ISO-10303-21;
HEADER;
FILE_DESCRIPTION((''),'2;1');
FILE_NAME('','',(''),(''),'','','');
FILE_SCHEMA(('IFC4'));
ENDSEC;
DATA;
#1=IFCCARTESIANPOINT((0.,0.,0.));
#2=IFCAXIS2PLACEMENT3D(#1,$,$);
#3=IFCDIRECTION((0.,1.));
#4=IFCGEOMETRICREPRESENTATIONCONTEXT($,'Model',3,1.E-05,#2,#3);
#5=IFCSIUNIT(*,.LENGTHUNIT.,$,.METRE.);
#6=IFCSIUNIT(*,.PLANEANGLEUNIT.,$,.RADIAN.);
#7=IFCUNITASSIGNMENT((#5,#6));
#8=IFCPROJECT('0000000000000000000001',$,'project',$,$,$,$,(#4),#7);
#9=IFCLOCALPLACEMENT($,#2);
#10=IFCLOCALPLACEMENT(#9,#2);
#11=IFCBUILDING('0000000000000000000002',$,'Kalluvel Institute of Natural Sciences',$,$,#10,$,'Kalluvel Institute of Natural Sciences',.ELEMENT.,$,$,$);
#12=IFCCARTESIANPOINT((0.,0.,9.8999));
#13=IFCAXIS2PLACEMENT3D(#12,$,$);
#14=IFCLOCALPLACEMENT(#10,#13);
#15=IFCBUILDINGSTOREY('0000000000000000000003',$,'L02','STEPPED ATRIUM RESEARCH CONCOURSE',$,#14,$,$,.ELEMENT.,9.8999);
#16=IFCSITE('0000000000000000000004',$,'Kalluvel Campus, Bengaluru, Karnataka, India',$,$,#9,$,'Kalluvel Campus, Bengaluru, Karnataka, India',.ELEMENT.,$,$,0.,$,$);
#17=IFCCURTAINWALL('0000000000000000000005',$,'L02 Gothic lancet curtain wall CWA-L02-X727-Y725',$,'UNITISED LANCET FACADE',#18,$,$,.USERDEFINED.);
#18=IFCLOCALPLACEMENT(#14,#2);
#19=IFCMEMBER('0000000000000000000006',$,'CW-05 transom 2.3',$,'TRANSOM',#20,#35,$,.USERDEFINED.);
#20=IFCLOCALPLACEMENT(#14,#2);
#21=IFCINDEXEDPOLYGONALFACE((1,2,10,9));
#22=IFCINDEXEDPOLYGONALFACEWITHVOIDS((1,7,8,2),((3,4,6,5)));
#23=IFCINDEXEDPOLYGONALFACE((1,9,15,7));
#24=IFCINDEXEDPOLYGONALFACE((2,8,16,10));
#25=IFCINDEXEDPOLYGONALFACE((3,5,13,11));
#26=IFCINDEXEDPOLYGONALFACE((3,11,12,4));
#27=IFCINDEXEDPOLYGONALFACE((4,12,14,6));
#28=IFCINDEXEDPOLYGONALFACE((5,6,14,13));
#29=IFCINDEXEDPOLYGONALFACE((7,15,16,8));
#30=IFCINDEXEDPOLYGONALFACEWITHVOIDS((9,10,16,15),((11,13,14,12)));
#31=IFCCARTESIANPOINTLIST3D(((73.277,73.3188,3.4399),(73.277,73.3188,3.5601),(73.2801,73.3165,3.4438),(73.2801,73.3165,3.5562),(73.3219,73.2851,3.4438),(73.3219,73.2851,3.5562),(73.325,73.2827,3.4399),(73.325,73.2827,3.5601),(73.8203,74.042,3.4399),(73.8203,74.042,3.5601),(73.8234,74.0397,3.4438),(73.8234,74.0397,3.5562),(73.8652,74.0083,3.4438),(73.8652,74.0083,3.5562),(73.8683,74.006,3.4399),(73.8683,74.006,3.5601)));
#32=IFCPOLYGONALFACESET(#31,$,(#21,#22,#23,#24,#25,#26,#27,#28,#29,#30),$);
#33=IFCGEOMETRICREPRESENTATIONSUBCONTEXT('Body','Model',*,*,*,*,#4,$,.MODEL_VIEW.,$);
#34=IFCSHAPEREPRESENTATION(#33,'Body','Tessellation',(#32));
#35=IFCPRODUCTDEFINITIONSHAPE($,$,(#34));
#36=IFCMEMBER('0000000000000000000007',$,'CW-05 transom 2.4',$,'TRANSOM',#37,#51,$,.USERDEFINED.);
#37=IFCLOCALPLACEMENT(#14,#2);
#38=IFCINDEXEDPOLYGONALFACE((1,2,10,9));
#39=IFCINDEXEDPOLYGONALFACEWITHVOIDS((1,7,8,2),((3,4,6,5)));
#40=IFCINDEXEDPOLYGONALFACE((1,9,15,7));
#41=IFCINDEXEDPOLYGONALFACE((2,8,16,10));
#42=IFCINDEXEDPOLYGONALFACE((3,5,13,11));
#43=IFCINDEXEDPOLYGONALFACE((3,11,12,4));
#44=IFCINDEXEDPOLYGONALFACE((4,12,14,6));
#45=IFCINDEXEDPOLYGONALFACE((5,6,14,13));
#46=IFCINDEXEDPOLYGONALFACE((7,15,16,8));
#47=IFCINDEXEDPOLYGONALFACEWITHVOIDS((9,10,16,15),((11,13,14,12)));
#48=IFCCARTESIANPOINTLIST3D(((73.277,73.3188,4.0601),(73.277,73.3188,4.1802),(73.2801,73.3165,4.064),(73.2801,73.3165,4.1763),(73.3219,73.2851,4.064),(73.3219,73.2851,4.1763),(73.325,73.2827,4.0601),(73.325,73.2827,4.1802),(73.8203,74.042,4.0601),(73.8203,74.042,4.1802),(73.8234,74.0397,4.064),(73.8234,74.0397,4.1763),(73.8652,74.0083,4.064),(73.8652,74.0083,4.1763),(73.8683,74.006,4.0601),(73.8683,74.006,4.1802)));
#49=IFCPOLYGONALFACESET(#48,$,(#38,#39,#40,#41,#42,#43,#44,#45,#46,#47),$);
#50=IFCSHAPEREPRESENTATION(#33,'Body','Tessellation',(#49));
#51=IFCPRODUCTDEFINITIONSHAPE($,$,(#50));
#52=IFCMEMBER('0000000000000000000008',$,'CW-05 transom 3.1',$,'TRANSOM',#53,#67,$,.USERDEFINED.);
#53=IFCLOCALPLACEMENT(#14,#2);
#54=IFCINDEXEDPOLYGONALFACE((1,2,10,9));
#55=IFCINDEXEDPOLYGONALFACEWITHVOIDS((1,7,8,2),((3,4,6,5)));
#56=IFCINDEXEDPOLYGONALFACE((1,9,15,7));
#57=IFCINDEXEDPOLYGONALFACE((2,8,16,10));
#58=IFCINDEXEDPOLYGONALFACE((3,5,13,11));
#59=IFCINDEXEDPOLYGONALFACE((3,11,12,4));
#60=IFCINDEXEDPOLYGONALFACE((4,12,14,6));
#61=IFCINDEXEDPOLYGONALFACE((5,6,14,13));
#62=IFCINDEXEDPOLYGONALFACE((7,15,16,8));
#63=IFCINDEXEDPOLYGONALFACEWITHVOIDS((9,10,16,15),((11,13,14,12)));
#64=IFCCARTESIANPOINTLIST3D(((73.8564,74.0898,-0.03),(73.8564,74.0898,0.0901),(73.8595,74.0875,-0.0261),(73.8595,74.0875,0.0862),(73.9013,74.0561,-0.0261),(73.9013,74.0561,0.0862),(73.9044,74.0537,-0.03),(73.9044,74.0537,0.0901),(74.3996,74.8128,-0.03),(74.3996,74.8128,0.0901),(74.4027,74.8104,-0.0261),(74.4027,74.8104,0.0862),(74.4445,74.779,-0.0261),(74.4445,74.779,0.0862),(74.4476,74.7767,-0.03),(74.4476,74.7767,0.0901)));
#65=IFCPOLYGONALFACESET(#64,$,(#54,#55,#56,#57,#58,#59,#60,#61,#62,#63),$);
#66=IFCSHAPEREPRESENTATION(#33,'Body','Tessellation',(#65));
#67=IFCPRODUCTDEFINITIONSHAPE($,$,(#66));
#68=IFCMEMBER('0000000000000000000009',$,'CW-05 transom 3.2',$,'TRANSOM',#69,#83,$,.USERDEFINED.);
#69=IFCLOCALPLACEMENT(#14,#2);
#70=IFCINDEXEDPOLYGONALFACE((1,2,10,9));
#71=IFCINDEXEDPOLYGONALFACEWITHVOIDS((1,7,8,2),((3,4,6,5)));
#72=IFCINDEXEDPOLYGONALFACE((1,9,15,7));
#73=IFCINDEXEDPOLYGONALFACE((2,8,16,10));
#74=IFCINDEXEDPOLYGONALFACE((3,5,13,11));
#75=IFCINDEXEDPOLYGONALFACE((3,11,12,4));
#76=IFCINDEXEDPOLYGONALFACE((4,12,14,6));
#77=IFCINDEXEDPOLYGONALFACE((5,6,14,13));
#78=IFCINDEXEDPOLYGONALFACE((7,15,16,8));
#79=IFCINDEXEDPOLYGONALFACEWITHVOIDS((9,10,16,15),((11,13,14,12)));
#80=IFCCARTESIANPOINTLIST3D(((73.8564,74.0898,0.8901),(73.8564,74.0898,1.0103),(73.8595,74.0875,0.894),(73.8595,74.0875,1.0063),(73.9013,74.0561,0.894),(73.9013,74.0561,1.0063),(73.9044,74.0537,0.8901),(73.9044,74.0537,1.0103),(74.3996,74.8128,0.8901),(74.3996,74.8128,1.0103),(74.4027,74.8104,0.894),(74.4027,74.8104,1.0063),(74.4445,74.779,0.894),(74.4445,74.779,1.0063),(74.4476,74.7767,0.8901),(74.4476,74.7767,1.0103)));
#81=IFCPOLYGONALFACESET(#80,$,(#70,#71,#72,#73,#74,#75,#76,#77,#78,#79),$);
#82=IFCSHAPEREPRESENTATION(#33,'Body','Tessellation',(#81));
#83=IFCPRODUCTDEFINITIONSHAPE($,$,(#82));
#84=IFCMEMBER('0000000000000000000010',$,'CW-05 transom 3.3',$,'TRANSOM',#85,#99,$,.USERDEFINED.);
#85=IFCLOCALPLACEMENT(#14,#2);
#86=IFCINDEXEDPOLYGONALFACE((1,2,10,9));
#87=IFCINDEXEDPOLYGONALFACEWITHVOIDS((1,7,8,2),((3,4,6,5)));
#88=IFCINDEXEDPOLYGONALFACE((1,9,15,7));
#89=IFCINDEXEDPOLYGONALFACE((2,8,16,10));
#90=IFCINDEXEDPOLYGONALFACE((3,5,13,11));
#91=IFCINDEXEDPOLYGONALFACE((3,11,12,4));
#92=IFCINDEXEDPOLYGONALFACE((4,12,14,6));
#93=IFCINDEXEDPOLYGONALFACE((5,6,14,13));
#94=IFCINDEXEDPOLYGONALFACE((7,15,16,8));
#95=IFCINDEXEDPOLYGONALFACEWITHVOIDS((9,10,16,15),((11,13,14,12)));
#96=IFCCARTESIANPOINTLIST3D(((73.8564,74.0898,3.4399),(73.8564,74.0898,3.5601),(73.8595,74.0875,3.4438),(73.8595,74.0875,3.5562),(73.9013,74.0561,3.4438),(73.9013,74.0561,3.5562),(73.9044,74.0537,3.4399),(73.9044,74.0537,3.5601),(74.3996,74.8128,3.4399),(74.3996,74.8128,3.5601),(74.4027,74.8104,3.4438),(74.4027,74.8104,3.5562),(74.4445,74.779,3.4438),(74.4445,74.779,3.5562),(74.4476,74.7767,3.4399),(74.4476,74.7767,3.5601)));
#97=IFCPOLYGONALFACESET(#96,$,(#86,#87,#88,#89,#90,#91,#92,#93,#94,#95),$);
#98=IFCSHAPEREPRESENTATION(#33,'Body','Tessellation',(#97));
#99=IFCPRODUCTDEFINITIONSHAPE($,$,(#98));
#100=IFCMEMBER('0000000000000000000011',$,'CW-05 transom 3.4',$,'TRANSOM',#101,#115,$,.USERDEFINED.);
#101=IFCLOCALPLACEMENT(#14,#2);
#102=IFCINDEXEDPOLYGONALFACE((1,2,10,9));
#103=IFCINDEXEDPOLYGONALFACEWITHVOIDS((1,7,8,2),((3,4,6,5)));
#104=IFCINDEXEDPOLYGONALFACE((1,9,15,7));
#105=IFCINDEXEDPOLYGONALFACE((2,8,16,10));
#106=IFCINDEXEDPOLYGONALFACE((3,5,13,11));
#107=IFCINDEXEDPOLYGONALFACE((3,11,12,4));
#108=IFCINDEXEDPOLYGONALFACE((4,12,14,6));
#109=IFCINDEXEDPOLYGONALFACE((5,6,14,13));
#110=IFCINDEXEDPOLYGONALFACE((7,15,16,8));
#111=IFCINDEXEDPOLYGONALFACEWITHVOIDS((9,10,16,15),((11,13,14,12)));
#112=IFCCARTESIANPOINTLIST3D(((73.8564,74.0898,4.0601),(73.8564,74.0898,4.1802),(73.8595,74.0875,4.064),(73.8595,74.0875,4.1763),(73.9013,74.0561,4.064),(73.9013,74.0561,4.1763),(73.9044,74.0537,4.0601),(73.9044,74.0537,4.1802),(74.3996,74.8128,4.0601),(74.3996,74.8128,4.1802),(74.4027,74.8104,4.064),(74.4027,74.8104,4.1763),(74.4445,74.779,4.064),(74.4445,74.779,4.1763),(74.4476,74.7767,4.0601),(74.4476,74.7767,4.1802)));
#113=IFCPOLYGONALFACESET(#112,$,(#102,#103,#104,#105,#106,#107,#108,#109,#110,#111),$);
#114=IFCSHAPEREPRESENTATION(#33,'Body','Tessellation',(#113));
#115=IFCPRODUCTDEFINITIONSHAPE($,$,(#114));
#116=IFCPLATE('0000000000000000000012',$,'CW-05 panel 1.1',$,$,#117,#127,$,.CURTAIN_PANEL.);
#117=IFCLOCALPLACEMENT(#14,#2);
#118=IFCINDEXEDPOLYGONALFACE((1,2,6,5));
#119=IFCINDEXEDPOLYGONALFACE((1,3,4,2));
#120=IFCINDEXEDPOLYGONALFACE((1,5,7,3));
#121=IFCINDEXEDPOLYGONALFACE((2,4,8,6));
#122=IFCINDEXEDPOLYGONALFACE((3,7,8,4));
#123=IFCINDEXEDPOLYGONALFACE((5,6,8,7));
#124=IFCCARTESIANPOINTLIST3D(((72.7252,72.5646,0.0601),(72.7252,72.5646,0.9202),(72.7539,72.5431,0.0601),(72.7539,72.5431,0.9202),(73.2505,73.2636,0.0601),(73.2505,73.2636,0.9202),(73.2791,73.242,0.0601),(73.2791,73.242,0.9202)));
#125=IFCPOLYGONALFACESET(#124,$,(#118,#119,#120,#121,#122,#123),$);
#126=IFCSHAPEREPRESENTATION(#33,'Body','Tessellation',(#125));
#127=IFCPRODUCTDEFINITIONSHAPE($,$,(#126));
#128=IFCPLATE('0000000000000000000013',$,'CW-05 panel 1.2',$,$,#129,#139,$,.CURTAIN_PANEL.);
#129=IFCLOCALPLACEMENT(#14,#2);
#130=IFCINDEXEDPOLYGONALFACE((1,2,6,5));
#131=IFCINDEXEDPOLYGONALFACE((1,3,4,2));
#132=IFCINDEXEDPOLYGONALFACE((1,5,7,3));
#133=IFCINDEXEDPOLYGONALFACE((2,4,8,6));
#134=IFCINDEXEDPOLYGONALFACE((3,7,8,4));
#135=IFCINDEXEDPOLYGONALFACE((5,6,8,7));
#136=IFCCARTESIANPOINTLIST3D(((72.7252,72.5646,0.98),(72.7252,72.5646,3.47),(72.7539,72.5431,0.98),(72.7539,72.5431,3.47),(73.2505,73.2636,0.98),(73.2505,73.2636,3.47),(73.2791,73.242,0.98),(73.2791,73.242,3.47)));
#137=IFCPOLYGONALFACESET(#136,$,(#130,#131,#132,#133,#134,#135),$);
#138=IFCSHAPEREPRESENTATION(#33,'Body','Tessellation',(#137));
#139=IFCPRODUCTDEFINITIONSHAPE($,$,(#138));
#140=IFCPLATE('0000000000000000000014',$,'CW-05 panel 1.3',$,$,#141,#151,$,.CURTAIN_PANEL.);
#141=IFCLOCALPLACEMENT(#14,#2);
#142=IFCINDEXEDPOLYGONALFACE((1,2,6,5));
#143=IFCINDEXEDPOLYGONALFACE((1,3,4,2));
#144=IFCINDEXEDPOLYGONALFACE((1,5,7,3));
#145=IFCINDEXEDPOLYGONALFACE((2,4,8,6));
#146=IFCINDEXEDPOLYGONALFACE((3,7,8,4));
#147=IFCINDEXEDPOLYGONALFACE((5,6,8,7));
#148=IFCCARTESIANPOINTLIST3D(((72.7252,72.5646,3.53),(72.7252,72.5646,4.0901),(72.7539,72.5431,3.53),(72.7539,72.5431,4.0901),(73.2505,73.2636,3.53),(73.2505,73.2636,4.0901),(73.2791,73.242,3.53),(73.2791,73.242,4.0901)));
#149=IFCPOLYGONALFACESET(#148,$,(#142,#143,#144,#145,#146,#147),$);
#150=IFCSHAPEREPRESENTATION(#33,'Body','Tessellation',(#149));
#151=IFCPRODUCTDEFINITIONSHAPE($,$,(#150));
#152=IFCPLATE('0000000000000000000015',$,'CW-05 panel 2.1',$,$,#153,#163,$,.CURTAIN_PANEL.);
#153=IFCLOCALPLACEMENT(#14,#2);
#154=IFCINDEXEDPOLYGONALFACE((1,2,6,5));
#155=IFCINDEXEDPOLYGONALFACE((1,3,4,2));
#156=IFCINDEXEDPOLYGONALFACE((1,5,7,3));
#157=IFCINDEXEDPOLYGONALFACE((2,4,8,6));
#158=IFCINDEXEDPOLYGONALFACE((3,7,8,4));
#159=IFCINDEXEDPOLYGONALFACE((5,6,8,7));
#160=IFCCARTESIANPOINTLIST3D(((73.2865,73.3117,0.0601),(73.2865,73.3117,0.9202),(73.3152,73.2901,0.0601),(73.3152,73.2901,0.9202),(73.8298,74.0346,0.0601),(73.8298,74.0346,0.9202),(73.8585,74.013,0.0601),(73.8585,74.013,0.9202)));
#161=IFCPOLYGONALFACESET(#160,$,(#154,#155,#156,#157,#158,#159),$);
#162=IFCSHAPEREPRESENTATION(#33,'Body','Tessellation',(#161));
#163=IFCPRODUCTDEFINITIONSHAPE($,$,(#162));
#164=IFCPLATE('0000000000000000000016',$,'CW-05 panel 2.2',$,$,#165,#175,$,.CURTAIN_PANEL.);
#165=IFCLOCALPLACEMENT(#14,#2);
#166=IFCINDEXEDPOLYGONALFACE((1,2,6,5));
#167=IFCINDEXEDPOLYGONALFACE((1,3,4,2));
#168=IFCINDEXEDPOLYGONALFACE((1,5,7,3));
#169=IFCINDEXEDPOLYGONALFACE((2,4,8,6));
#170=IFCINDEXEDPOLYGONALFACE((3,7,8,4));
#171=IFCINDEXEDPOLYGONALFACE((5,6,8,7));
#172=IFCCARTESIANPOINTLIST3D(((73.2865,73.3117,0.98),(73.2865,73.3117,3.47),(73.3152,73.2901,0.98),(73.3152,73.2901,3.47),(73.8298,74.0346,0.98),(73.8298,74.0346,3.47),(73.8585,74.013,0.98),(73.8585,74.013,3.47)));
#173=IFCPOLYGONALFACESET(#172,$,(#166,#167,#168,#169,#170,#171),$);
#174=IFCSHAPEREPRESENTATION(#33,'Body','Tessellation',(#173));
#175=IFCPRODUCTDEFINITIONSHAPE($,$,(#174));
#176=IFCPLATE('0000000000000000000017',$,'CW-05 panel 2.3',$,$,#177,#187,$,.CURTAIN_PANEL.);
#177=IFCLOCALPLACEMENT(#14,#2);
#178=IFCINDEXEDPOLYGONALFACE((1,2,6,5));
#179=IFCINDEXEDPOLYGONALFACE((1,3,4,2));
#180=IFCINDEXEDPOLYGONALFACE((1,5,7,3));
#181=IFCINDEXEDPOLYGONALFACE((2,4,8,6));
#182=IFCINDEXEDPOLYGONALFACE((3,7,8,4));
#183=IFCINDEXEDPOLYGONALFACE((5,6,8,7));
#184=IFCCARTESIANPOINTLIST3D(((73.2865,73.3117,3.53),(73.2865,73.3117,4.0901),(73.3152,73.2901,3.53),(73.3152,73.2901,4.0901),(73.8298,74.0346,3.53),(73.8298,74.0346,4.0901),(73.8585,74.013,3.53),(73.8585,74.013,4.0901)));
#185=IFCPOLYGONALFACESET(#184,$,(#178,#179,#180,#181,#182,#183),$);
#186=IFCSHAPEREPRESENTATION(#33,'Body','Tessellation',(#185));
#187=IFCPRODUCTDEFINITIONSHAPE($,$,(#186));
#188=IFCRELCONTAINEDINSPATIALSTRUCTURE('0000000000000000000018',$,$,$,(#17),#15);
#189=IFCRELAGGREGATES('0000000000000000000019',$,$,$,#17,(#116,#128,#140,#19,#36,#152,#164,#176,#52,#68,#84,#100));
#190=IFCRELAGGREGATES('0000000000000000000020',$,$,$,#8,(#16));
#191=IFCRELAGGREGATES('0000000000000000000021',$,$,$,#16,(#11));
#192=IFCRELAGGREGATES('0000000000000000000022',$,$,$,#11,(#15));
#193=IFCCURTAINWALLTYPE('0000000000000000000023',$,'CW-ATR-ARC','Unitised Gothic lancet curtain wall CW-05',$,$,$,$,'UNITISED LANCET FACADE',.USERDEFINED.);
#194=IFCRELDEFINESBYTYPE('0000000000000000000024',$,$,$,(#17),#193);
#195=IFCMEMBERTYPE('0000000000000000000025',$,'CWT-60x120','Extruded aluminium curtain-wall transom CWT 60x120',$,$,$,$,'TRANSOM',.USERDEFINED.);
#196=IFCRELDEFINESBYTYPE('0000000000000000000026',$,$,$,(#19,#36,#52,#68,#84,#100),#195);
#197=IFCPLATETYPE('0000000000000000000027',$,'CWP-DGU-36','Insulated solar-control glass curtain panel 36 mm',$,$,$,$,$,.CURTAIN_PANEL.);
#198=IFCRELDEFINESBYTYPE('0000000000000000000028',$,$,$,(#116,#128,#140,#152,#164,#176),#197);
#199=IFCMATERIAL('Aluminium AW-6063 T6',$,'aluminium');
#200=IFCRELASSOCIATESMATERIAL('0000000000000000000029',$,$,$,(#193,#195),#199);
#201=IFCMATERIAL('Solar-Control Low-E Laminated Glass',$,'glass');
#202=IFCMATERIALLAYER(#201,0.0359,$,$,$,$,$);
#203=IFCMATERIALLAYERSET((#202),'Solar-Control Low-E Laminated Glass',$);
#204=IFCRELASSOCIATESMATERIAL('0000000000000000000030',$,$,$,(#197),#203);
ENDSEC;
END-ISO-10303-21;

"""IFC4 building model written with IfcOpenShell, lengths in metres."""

from ifc_helpers import new_model, si_unit, direction, frame, origin, origin_2d, place, context, subcontext, project, spatial, rectangle, hollow_rectangle, extrude, material, layer, layer_set, material_profile, profile_set, type_object, element, aggregate, save


model = new_model("IFC4")

# Units and contexts
model_context = context("Model", 3, precision=1e-05, world=origin(), true_north=direction((0.0, 1.0)))
body_context = subcontext(model_context, "Body", "Model", "MODEL_VIEW")
ifc_project = project(units=[si_unit("LENGTHUNIT", "METRE"), si_unit("PLANEANGLEUNIT", "RADIAN")], contexts=[model_context])

# Site, building, storey
site_placement = place(None, origin())
site = spatial("IfcSite", under=ifc_project, at=site_placement, Name="Kalluvel Campus, Bengaluru, Karnataka, India", LongName="Kalluvel Campus, Bengaluru, Karnataka, India", CompositionType="ELEMENT", RefElevation=0.0)
building_placement = place(site_placement, origin())
building = spatial("IfcBuilding", under=site, at=building_placement, Name="Kalluvel Institute of Natural Sciences", LongName="Kalluvel Institute of Natural Sciences", CompositionType="ELEMENT")
storey_placement = place(building_placement, frame((0.0, 0.0, 9.8999)))
storey = spatial("IfcBuildingStorey", under=building, at=storey_placement, Name="L02", Description="STEPPED ATRIUM RESEARCH CONCOURSE", CompositionType="ELEMENT", Elevation=9.8999)

# Curtain wall, members, plates
ifc_material_1 = material(Name="Aluminium AW-6063 T6", Category="aluminium")
curtain_wall_type = type_object("IfcCurtainWallType", Name="CW-ATR-ARC", Description="Unitised Gothic lancet curtain wall CW-05", ElementType="UNITISED LANCET FACADE", PredefinedType="USERDEFINED", material=ifc_material_1)
curtain_wall_placement = place(storey_placement, origin())
curtain_wall = element("IfcCurtainWall", 1, at=curtain_wall_placement, inside=storey, type_object=curtain_wall_type, Name="L02 Gothic lancet curtain wall CWA-L02-X727-Y725", ObjectType="UNITISED LANCET FACADE", PredefinedType="USERDEFINED")
ifc_material_profile_1 = material_profile(ifc_material_1, hollow_rectangle(XDim=0.0601, YDim=0.1201, WallThickness=0.0039, at=origin_2d()), Name="CWT 60x120")
ifc_profile_set_1 = profile_set([ifc_material_profile_1], Name="Aluminium AW-6063 T6")
member_type_1 = type_object("IfcMemberType", Name="CWT-60x120", Description="Extruded aluminium curtain-wall transom CWT 60x120", ElementType="TRANSOM", PredefinedType="USERDEFINED", material=ifc_profile_set_1)
member_1_placement = place(storey_placement, frame((73.301, 73.3008, 3.5), z_axis=(0.600604, 0.799546, 0.0), x_axis=(-0.799546, 0.600604, 0.0)))
member_1 = element("IfcMember", 2, at=member_1_placement, type_object=member_type_1, Name="CW-05 transom 2.3", ObjectType="TRANSOM", PredefinedType="USERDEFINED", context=body_context, shape_type="SweptSolid", body=[
    extrude(hollow_rectangle(XDim=0.0601, YDim=0.1201, WallThickness=0.0039, at=origin_2d()), origin(), (0.0, 0.0, 1.0), 0.9045),
])
member_2_placement = place(storey_placement, frame((73.301, 73.3008, 4.1201), z_axis=(0.600604, 0.799546, 0.0), x_axis=(-0.799546, 0.600604, 0.0)))
member_2 = element("IfcMember", 3, at=member_2_placement, type_object=member_type_1, Name="CW-05 transom 2.4", ObjectType="TRANSOM", PredefinedType="USERDEFINED", context=body_context, shape_type="SweptSolid", body=[
    extrude(hollow_rectangle(XDim=0.0601, YDim=0.1201, WallThickness=0.0039, at=origin_2d()), origin(), (0.0, 0.0, 1.0), 0.9045),
])
member_3_placement = place(storey_placement, frame((73.8804, 74.0718, 0.03), z_axis=(0.600734, 0.799449, 0.0), x_axis=(-0.799449, 0.600734, 0.0)))
member_3 = element("IfcMember", 4, at=member_3_placement, type_object=member_type_1, Name="CW-05 transom 3.1", ObjectType="TRANSOM", PredefinedType="USERDEFINED", context=body_context, shape_type="SweptSolid", body=[
    extrude(hollow_rectangle(XDim=0.0601, YDim=0.1201, WallThickness=0.0039, at=origin_2d()), origin(), (0.0, 0.0, 1.0), 0.9043),
])
member_4_placement = place(storey_placement, frame((73.8804, 74.0718, 0.9502), z_axis=(0.600734, 0.799449, 0.0), x_axis=(-0.799449, 0.600734, 0.0)))
member_4 = element("IfcMember", 5, at=member_4_placement, type_object=member_type_1, Name="CW-05 transom 3.2", ObjectType="TRANSOM", PredefinedType="USERDEFINED", context=body_context, shape_type="SweptSolid", body=[
    extrude(hollow_rectangle(XDim=0.0601, YDim=0.1201, WallThickness=0.0039, at=origin_2d()), origin(), (0.0, 0.0, 1.0), 0.9043),
])
member_5_placement = place(storey_placement, frame((73.8804, 74.0718, 3.5), z_axis=(0.600734, 0.799449, 0.0), x_axis=(-0.799449, 0.600734, 0.0)))
member_5 = element("IfcMember", 6, at=member_5_placement, type_object=member_type_1, Name="CW-05 transom 3.3", ObjectType="TRANSOM", PredefinedType="USERDEFINED", context=body_context, shape_type="SweptSolid", body=[
    extrude(hollow_rectangle(XDim=0.0601, YDim=0.1201, WallThickness=0.0039, at=origin_2d()), origin(), (0.0, 0.0, 1.0), 0.9043),
])
member_6_placement = place(storey_placement, frame((73.8804, 74.0718, 4.1201), z_axis=(0.600734, 0.799449, 0.0), x_axis=(-0.799449, 0.600734, 0.0)))
member_6 = element("IfcMember", 7, at=member_6_placement, type_object=member_type_1, Name="CW-05 transom 3.4", ObjectType="TRANSOM", PredefinedType="USERDEFINED", context=body_context, shape_type="SweptSolid", body=[
    extrude(hollow_rectangle(XDim=0.0601, YDim=0.1201, WallThickness=0.0039, at=origin_2d()), origin(), (0.0, 0.0, 1.0), 0.9043),
])
ifc_material_2 = material(Name="Solar-Control Low-E Laminated Glass", Category="glass")
ifc_layer_1 = layer(ifc_material_2, 0.0359)
ifc_layer_set_1 = layer_set([ifc_layer_1], Name="Solar-Control Low-E Laminated Glass")
plate_type = type_object("IfcPlateType", Name="CWP-DGU-36", Description="Insulated solar-control glass curtain panel 36 mm", PredefinedType="CURTAIN_PANEL", material=ifc_layer_set_1)
plate_1_placement = place(storey_placement, frame((73.0022, 72.9033, 0.0601), z_axis=(0.0, 0.0, 1.0), x_axis=(0.600738, 0.799446, 0.0)))
plate_1 = element("IfcPlate", 8, at=plate_1_placement, type_object=plate_type, Name="CW-05 panel 1.1", PredefinedType="CURTAIN_PANEL", context=body_context, shape_type="SweptSolid", body=[
    extrude(rectangle(XDim=0.8743, YDim=0.0359, at=origin_2d()), origin(), (0.0, 0.0, 1.0), 0.8601),
])
plate_2_placement = place(storey_placement, frame((73.0022, 72.9033, 0.98), z_axis=(0.0, 0.0, 1.0), x_axis=(0.600738, 0.799446, 0.0)))
plate_2 = element("IfcPlate", 9, at=plate_2_placement, type_object=plate_type, Name="CW-05 panel 1.2", PredefinedType="CURTAIN_PANEL", context=body_context, shape_type="SweptSolid", body=[
    extrude(rectangle(XDim=0.8743, YDim=0.0359, at=origin_2d()), origin(), (0.0, 0.0, 1.0), 2.49),
])
plate_3_placement = place(storey_placement, frame((73.0022, 72.9033, 3.53), z_axis=(0.0, 0.0, 1.0), x_axis=(0.600738, 0.799446, 0.0)))
plate_3 = element("IfcPlate", 10, at=plate_3_placement, type_object=plate_type, Name="CW-05 panel 1.3", PredefinedType="CURTAIN_PANEL", context=body_context, shape_type="SweptSolid", body=[
    extrude(rectangle(XDim=0.8743, YDim=0.0359, at=origin_2d()), origin(), (0.0, 0.0, 1.0), 0.5601),
])
plate_4_placement = place(storey_placement, frame((73.5725, 73.6624, 0.0601), z_axis=(0.0, 0.0, 1.0), x_axis=(0.600738, 0.799446, 0.0)))
plate_4 = element("IfcPlate", 11, at=plate_4_placement, type_object=plate_type, Name="CW-05 panel 2.1", PredefinedType="CURTAIN_PANEL", context=body_context, shape_type="SweptSolid", body=[
    extrude(rectangle(XDim=0.9043, YDim=0.0359, at=origin_2d()), origin(), (0.0, 0.0, 1.0), 0.8601),
])
plate_5_placement = place(storey_placement, frame((73.5725, 73.6624, 0.98), z_axis=(0.0, 0.0, 1.0), x_axis=(0.600738, 0.799446, 0.0)))
plate_5 = element("IfcPlate", 12, at=plate_5_placement, type_object=plate_type, Name="CW-05 panel 2.2", PredefinedType="CURTAIN_PANEL", context=body_context, shape_type="SweptSolid", body=[
    extrude(rectangle(XDim=0.9043, YDim=0.0359, at=origin_2d()), origin(), (0.0, 0.0, 1.0), 2.49),
])
plate_6_placement = place(storey_placement, frame((73.5725, 73.6624, 3.53), z_axis=(0.0, 0.0, 1.0), x_axis=(0.600738, 0.799446, 0.0)))
plate_6 = element("IfcPlate", 13, at=plate_6_placement, type_object=plate_type, Name="CW-05 panel 2.3", PredefinedType="CURTAIN_PANEL", context=body_context, shape_type="SweptSolid", body=[
    extrude(rectangle(XDim=0.9043, YDim=0.0359, at=origin_2d()), origin(), (0.0, 0.0, 1.0), 0.5601),
])
aggregate(curtain_wall, [plate_1, plate_2, plate_3, member_1, member_2, plate_4, plate_5, plate_6, member_3, member_4, member_5, member_6])

save(model, "model.ifc")
